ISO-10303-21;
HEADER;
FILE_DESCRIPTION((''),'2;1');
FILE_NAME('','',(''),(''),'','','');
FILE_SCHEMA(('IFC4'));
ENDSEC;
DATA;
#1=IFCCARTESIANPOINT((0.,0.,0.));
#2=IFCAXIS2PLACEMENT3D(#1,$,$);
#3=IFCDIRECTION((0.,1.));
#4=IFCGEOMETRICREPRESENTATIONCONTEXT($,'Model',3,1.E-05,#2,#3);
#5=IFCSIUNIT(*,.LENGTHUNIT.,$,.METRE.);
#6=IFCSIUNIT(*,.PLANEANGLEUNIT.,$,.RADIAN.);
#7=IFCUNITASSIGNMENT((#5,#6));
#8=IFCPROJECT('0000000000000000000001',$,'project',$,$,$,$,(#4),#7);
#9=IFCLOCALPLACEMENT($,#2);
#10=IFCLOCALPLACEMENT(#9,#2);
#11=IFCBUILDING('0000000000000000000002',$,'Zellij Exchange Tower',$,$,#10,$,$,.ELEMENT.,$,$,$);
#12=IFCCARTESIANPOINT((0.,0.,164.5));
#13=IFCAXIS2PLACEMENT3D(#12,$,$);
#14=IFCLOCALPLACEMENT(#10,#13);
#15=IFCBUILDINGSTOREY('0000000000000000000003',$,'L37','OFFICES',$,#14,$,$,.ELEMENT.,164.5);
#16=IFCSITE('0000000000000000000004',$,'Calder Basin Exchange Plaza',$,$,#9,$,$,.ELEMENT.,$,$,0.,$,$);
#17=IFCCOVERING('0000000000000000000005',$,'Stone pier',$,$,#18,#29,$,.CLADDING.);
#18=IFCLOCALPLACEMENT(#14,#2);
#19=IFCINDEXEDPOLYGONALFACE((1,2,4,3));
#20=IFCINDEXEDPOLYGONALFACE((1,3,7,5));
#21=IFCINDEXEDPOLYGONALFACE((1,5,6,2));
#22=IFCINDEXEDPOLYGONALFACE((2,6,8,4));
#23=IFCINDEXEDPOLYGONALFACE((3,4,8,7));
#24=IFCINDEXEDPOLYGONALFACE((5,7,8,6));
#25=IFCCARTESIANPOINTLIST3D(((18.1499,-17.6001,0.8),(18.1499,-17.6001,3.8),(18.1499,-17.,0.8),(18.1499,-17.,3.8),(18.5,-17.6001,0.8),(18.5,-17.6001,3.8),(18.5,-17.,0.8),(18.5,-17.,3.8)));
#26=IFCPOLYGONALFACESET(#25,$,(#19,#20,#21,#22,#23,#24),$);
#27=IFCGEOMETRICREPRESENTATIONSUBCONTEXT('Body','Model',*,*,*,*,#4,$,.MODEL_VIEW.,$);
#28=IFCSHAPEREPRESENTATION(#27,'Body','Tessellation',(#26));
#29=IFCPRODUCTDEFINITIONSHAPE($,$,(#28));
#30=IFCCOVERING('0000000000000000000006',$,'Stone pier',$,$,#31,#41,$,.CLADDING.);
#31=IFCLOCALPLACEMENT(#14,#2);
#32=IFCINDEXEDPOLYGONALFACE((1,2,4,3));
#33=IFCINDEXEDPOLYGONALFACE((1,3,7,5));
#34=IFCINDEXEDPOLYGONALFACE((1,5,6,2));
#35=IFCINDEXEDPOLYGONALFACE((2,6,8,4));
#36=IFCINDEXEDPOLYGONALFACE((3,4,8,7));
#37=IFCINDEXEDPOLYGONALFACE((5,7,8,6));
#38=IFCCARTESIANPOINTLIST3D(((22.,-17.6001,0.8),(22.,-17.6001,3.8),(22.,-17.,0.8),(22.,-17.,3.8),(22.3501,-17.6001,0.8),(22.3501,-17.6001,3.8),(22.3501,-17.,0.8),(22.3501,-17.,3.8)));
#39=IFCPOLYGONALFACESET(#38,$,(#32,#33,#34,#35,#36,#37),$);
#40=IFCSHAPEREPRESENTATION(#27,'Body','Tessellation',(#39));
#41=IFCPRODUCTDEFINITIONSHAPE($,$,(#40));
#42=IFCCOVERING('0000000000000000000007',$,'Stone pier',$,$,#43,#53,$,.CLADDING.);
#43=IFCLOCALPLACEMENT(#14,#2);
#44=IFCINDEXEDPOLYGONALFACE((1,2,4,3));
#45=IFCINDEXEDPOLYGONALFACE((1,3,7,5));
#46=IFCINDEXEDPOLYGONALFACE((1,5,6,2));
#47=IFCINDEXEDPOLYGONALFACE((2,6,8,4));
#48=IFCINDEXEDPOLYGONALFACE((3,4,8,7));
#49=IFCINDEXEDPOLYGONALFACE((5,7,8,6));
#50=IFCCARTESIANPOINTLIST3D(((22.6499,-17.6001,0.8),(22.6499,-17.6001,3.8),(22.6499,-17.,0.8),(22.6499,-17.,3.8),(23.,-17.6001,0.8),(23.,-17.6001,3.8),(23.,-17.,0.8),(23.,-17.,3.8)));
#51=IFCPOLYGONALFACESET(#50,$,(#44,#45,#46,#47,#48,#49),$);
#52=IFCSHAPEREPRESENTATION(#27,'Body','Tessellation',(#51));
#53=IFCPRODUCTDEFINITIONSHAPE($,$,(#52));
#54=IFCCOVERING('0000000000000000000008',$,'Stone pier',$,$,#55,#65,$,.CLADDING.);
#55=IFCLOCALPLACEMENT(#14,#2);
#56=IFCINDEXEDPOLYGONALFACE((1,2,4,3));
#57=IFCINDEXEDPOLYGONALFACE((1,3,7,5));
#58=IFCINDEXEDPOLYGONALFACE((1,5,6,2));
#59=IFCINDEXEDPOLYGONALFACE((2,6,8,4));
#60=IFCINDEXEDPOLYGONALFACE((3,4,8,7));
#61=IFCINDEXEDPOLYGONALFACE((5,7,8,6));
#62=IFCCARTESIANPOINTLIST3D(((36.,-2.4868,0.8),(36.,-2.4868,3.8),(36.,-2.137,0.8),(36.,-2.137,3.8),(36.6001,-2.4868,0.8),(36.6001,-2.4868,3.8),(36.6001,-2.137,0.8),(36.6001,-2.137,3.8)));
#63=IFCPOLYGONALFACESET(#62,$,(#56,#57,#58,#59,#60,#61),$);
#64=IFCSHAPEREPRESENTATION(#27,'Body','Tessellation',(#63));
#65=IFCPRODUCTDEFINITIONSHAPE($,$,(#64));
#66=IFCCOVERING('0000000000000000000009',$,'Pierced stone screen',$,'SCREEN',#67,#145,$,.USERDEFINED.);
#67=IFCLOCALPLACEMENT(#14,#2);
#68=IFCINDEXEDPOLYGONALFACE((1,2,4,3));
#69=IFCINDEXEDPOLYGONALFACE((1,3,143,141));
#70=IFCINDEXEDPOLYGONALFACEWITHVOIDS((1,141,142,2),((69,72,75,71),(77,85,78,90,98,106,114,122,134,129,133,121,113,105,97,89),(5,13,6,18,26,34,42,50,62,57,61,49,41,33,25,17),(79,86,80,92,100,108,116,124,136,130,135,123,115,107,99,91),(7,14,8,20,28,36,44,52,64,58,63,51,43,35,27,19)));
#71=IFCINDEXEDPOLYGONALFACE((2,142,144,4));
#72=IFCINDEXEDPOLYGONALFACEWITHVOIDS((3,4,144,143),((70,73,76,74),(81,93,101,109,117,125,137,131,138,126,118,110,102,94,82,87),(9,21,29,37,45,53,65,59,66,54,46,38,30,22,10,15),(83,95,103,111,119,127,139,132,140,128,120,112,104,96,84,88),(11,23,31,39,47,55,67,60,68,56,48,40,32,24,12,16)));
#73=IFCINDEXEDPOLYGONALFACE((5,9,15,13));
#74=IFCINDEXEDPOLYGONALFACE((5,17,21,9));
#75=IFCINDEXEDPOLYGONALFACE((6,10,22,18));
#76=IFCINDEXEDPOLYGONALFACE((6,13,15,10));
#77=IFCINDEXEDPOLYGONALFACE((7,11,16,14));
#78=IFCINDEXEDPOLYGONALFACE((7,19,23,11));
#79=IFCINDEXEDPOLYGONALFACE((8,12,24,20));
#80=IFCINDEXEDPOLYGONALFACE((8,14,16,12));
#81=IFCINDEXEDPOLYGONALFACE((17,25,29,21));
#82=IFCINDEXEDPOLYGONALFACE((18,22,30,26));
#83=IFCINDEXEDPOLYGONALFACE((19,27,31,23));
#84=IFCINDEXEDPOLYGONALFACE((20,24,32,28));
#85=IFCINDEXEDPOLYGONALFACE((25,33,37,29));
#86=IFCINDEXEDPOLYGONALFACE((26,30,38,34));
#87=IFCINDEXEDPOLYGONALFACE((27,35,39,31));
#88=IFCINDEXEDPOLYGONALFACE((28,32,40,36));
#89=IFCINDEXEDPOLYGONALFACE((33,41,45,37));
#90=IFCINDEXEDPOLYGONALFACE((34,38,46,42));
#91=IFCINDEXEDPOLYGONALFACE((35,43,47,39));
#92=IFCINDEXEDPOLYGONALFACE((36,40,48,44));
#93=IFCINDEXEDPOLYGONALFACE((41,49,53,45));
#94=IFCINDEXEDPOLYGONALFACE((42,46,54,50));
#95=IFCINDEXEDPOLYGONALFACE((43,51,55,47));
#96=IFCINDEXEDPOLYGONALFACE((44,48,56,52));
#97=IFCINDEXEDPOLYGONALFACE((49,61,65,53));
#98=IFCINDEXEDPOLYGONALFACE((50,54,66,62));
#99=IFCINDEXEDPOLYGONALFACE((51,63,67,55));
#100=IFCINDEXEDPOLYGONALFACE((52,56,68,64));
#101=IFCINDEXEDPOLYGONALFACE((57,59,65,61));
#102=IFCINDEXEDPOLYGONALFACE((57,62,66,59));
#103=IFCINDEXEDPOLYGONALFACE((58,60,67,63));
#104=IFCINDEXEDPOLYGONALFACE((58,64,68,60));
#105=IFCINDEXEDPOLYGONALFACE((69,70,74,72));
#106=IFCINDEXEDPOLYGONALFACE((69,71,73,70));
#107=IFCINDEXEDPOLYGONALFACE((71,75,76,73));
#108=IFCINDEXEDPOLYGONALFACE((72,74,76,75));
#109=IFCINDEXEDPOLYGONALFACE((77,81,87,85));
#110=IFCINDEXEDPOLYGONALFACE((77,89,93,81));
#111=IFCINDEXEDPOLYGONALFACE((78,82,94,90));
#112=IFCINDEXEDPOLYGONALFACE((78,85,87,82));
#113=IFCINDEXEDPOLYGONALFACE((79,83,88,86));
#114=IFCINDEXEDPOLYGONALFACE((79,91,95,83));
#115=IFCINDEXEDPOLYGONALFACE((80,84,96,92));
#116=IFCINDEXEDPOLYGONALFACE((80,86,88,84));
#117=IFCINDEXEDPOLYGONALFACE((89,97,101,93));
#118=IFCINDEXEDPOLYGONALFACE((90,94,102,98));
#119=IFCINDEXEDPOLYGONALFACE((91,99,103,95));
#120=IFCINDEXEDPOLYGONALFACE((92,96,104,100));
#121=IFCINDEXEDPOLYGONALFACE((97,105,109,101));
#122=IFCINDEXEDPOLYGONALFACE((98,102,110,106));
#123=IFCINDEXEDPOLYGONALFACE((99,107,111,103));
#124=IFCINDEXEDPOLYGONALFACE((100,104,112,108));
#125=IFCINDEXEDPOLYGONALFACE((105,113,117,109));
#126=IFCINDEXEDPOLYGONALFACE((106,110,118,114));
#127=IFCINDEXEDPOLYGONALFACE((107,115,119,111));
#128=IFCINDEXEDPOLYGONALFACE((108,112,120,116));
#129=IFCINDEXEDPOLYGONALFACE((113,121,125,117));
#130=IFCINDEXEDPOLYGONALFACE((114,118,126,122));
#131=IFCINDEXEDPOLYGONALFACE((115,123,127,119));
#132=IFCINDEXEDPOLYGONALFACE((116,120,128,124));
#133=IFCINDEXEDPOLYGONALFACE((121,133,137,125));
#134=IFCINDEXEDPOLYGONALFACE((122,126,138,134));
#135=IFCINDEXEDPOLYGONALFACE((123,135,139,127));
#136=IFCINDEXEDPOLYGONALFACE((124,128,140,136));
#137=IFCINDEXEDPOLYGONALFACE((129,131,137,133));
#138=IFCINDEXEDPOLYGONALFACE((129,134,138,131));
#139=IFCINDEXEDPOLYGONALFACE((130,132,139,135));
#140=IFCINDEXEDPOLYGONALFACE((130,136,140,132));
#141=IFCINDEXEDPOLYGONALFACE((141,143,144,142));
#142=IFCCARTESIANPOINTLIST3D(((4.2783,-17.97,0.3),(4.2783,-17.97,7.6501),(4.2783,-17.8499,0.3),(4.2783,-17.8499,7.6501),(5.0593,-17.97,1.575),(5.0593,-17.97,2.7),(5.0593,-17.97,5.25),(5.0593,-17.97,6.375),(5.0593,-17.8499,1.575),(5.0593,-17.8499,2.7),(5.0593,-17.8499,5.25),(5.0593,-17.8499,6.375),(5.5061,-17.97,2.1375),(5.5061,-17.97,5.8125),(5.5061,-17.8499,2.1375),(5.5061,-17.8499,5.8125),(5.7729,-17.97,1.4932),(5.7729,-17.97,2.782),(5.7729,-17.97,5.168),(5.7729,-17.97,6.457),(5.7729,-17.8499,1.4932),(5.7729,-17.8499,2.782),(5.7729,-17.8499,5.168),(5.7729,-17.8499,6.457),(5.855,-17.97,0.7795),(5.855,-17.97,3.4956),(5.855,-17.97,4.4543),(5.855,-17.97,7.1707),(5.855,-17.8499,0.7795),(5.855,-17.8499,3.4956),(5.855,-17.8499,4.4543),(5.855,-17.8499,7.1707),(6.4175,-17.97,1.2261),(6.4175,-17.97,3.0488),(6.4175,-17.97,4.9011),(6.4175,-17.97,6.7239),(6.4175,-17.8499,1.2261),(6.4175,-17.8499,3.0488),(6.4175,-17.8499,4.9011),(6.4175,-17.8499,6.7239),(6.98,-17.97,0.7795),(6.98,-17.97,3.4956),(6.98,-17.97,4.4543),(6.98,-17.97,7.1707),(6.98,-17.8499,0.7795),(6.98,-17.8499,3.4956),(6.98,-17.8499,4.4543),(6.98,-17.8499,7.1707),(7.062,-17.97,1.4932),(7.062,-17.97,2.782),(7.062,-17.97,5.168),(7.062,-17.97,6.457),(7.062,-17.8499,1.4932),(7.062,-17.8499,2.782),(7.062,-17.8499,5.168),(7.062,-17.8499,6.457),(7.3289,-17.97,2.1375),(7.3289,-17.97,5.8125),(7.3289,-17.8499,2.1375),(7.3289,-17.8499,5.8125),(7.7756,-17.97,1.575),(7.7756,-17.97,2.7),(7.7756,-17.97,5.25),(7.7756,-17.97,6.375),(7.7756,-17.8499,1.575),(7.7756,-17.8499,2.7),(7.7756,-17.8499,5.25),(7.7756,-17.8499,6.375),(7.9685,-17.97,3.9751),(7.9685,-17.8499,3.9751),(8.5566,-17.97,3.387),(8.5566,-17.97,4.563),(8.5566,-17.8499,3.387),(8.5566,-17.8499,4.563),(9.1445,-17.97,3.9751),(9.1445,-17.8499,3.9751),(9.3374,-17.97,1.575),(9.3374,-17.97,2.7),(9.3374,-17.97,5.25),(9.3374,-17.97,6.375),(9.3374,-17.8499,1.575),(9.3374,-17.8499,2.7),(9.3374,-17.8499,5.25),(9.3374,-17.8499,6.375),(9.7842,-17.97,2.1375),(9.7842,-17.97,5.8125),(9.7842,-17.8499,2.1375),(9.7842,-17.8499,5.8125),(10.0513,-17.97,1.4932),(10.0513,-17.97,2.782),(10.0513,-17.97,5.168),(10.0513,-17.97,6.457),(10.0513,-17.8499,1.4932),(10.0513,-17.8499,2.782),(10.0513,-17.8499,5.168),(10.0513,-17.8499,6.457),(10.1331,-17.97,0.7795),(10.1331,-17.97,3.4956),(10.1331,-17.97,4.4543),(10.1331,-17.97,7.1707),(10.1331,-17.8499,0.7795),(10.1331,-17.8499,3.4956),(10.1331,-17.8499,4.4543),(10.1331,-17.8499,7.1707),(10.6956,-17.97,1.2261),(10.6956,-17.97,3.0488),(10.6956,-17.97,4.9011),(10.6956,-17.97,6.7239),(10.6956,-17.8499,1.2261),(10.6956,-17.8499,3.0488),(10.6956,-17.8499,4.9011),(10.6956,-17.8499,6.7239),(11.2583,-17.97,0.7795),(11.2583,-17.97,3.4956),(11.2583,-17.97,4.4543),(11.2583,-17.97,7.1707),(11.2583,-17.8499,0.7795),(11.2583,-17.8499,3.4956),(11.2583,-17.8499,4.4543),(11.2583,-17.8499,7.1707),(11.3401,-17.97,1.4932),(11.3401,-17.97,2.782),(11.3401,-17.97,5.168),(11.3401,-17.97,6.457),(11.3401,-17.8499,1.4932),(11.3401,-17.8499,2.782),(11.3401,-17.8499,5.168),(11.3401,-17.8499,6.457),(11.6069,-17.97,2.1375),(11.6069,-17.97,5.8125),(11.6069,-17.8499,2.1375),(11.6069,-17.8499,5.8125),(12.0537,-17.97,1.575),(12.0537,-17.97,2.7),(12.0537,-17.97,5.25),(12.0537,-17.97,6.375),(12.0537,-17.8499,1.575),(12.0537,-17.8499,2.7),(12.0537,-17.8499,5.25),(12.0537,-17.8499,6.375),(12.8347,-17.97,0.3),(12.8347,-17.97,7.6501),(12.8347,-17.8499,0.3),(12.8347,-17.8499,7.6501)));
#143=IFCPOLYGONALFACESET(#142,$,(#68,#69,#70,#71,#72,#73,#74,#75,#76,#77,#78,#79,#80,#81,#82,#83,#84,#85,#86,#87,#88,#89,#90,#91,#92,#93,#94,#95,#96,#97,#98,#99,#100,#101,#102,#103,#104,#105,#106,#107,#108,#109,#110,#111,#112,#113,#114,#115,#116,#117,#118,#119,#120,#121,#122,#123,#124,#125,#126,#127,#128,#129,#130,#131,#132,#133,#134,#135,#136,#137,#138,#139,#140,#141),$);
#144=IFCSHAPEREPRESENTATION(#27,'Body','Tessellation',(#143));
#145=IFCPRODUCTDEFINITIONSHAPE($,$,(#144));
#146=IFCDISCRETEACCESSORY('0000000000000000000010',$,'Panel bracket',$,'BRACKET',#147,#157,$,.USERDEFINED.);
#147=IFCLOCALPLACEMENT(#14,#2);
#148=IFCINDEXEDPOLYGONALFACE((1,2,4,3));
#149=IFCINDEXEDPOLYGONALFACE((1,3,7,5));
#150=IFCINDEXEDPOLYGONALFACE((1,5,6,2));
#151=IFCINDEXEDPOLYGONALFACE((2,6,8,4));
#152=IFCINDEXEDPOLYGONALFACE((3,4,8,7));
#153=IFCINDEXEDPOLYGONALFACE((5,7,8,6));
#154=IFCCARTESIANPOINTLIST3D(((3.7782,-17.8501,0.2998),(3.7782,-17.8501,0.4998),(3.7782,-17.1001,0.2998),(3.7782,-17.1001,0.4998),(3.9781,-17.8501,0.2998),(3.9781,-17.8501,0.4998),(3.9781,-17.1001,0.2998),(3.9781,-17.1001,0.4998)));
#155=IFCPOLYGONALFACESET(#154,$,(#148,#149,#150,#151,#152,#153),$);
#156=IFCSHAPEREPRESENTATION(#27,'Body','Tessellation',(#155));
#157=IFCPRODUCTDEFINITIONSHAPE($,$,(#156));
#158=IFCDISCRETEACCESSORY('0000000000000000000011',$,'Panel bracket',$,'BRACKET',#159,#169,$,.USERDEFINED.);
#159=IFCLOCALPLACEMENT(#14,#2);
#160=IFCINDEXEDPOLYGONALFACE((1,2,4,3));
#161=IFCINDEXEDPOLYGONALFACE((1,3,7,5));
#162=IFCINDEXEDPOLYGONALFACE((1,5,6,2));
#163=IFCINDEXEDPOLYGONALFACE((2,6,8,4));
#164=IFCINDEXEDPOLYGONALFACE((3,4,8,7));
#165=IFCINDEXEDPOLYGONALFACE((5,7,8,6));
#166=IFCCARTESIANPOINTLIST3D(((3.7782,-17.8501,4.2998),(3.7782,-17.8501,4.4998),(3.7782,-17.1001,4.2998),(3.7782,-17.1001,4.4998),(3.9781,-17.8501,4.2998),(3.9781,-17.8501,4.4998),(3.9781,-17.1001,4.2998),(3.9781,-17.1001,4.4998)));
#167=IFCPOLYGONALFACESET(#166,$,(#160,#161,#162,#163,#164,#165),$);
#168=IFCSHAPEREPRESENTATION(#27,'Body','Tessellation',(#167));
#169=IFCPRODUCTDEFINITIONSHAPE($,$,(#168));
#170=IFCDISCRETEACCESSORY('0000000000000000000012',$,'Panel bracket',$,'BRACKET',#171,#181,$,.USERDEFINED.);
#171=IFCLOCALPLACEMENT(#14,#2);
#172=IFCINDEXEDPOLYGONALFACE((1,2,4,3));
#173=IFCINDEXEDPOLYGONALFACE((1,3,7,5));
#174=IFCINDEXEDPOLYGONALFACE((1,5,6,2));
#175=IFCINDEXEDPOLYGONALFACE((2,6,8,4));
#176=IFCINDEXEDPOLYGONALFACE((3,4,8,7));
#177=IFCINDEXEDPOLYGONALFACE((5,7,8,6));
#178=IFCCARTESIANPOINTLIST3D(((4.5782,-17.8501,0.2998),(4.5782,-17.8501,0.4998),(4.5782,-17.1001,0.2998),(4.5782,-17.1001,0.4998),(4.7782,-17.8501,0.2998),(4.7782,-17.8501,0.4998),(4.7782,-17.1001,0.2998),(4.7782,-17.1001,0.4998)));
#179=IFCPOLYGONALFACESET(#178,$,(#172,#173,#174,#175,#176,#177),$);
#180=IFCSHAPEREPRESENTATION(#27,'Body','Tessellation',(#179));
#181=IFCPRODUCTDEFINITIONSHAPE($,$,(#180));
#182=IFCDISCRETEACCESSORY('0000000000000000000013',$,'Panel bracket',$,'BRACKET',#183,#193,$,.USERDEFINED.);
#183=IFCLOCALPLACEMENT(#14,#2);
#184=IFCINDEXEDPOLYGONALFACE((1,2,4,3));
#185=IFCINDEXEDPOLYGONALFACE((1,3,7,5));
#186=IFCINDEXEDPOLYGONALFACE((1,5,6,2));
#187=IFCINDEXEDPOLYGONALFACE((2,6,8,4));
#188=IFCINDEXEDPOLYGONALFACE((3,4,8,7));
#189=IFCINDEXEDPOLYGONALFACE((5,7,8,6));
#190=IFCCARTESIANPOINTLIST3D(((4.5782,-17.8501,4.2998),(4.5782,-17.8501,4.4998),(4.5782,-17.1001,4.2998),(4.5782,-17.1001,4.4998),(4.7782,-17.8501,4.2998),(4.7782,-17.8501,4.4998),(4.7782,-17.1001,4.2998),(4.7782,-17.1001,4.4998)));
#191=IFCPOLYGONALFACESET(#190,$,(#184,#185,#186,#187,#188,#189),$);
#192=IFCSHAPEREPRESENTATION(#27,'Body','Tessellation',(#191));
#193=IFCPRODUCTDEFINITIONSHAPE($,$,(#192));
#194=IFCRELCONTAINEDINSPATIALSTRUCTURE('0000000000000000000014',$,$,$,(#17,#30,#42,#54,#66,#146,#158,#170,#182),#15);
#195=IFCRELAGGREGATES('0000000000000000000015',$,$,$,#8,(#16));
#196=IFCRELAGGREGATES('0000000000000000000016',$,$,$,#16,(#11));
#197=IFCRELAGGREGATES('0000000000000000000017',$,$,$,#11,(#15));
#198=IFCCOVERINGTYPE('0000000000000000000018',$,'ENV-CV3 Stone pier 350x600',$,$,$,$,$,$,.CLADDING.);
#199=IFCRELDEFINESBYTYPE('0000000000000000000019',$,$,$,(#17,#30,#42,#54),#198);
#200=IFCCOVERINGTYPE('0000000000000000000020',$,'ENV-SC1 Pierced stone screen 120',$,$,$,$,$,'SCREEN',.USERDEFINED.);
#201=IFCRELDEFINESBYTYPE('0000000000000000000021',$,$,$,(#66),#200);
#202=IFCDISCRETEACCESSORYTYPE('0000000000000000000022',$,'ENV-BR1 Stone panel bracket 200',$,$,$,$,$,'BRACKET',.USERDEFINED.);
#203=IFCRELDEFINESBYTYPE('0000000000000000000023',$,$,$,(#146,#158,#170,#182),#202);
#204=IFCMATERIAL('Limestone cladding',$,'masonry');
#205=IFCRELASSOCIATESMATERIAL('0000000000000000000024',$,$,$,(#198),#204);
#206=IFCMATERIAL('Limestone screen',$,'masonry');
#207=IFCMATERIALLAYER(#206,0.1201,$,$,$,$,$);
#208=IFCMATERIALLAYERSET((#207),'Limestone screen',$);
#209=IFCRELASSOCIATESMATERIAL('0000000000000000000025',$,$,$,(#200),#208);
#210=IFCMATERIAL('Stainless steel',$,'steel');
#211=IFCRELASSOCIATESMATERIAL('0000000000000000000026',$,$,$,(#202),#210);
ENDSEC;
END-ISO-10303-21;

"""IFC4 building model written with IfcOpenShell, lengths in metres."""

from ifc_helpers import new_model, si_unit, direction, frame, origin, origin_2d, place, context, subcontext, project, spatial, polyline, rectangle, outline, extrude, material, layer, layer_set, type_object, element, save


model = new_model("IFC4")

# Units and contexts
model_context = context("Model", 3, precision=1e-05, world=origin(), true_north=direction((0.0, 1.0)))
body_context = subcontext(model_context, "Body", "Model", "MODEL_VIEW")
ifc_project = project(units=[si_unit("LENGTHUNIT", "METRE"), si_unit("PLANEANGLEUNIT", "RADIAN")], contexts=[model_context])

# Site, building, storey
site_placement = place(None, origin())
site = spatial("IfcSite", under=ifc_project, at=site_placement, Name="Calder Basin Exchange Plaza", CompositionType="ELEMENT", RefElevation=0.0)
building_placement = place(site_placement, origin())
building = spatial("IfcBuilding", under=site, at=building_placement, Name="Zellij Exchange Tower", CompositionType="ELEMENT")
storey_placement = place(building_placement, frame((0.0, 0.0, 164.5)))
storey = spatial("IfcBuildingStorey", under=building, at=storey_placement, Name="L37", Description="OFFICES", CompositionType="ELEMENT", Elevation=164.5)

# Shared definitions
ifc_material_1 = material(Name="Stainless steel", Category="steel")

# Coverings
ifc_material_2 = material(Name="Limestone cladding", Category="masonry")
covering_type_1 = type_object("IfcCoveringType", Name="ENV-CV3 Stone pier 350x600", PredefinedType="CLADDING", material=ifc_material_2)
covering_1_placement = place(storey_placement, frame((0.0, 0.0, 0.8)))
element("IfcCovering", 1, at=covering_1_placement, inside=storey, type_object=covering_type_1, Name="Stone pier", PredefinedType="CLADDING", context=body_context, shape_type="SweptSolid", body=[
    extrude(outline(polyline([(18.1499, -17.0), (18.5, -17.0), (18.5, -17.6001), (18.1499, -17.6001), (18.1499, -17.0)])), origin(), (0.0, 0.0, 1.0), 3.0),
])
covering_2_placement = place(storey_placement, frame((0.0, 0.0, 0.8)))
element("IfcCovering", 2, at=covering_2_placement, inside=storey, type_object=covering_type_1, Name="Stone pier", PredefinedType="CLADDING", context=body_context, shape_type="SweptSolid", body=[
    extrude(outline(polyline([(22.0, -17.0), (22.3501, -17.0), (22.3501, -17.6001), (22.0, -17.6001), (22.0, -17.0)])), origin(), (0.0, 0.0, 1.0), 3.0),
])
covering_3_placement = place(storey_placement, frame((0.0, 0.0, 0.8)))
element("IfcCovering", 3, at=covering_3_placement, inside=storey, type_object=covering_type_1, Name="Stone pier", PredefinedType="CLADDING", context=body_context, shape_type="SweptSolid", body=[
    extrude(outline(polyline([(22.6499, -17.0), (23.0, -17.0), (23.0, -17.6001), (22.6499, -17.6001), (22.6499, -17.0)])), origin(), (0.0, 0.0, 1.0), 3.0),
])
covering_4_placement = place(storey_placement, frame((0.0, 0.0, 0.8)))
element("IfcCovering", 4, at=covering_4_placement, inside=storey, type_object=covering_type_1, Name="Stone pier", PredefinedType="CLADDING", context=body_context, shape_type="SweptSolid", body=[
    extrude(outline(polyline([(36.0, -2.4868), (36.0, -2.137), (36.6001, -2.137), (36.6001, -2.4868), (36.0, -2.4868)])), origin(), (0.0, 0.0, 1.0), 3.0),
])
ifc_material_3 = material(Name="Limestone screen", Category="masonry")
ifc_layer_1 = layer(ifc_material_3, 0.1201)
ifc_layer_set_1 = layer_set([ifc_layer_1], Name="Limestone screen")
covering_type_2 = type_object("IfcCoveringType", Name="ENV-SC1 Pierced stone screen 120", ElementType="SCREEN", PredefinedType="USERDEFINED", material=ifc_layer_set_1)
covering_5_placement = place(storey_placement, frame((4.2783, -17.9099, 0.3), z_axis=(0.0, 0.0, 1.0), x_axis=(1.0, 0.0, 0.0)))
element("IfcCovering", 5, at=covering_5_placement, inside=storey, type_object=covering_type_2, Name="Pierced stone screen", ObjectType="SCREEN", PredefinedType="USERDEFINED", context=body_context, shape_type="SweptSolid", body=[
    extrude(outline(polyline([(0.0, 0.0), (8.5564, 0.0), (8.5564, 7.3501), (0.0, 7.3501), (0.0, 0.0)]), holes=[polyline([(3.4973, 2.3999), (2.7837, 2.4819), (2.7017, 3.1956), (2.1392, 2.7488), (1.5767, 3.1956), (1.4946, 2.4819), (0.781, 2.3999), (1.2278, 1.8374), (0.781, 1.2749), (1.4946, 1.1931), (1.5767, 0.4795), (2.1392, 0.926), (2.7017, 0.4795), (2.7837, 1.1931), (3.4973, 1.2749), (3.0505, 1.8374), (3.4973, 2.3999)]), polyline([(3.4973, 6.075), (2.7837, 6.157), (2.7017, 6.8706), (2.1392, 6.4238), (1.5767, 6.8706), (1.4946, 6.157), (0.781, 6.075), (1.2278, 5.5125), (0.781, 4.95), (1.4946, 4.8679), (1.5767, 4.1543), (2.1392, 4.6011), (2.7017, 4.1543), (2.7837, 4.8679), (3.4973, 4.95), (3.0505, 5.5125), (3.4973, 6.075)]), polyline([(7.7754, 2.3999), (7.0618, 2.4819), (6.98, 3.1956), (6.4172, 2.7488), (5.8547, 3.1956), (5.7729, 2.4819), (5.0591, 2.3999), (5.5059, 1.8374), (5.0591, 1.2749), (5.7729, 1.1931), (5.8547, 0.4795), (6.4172, 0.926), (6.98, 0.4795), (7.0618, 1.1931), (7.7754, 1.2749), (7.3286, 1.8374), (7.7754, 2.3999)]), polyline([(7.7754, 6.075), (7.0618, 6.157), (6.98, 6.8706), (6.4172, 6.4238), (5.8547, 6.8706), (5.7729, 6.157), (5.0591, 6.075), (5.5059, 5.5125), (5.0591, 4.95), (5.7729, 4.8679), (5.8547, 4.1543), (6.4172, 4.6011), (6.98, 4.1543), (7.0618, 4.8679), (7.7754, 4.95), (7.3286, 5.5125), (7.7754, 6.075)]), polyline([(4.8662, 3.675), (4.2783, 4.2629), (3.6902, 3.675), (4.2783, 3.0869), (4.8662, 3.675)])]), frame((0.0, 0.0601, 0.0), z_axis=(0.0, -1.0, 0.0), x_axis=(1.0, 0.0, 0.0)), (0.0, 0.0, 1.0), 0.1201),
])

# Discrete accessories
discrete_accessory_type = type_object("IfcDiscreteAccessoryType", Name="ENV-BR1 Stone panel bracket 200", ElementType="BRACKET", PredefinedType="USERDEFINED", material=ifc_material_1)
for number, where, z_axis, x_axis, name in (
    (6, (3.8782, -17.4751, 0.2998), (0.0, 0.0, 1.0), (1.0, 0.0, 0.0), "Panel bracket"),
    (7, (3.8782, -17.4751, 4.2998), (0.0, 0.0, 1.0), (1.0, 0.0, 0.0), "Panel bracket"),
    (8, (4.6782, -17.4751, 0.2998), (0.0, 0.0, 1.0), (1.0, 0.0, 0.0), "Panel bracket"),
    (9, (4.6782, -17.4751, 4.2998), (0.0, 0.0, 1.0), (1.0, 0.0, 0.0), "Panel bracket"),
):
    element("IfcDiscreteAccessory", number, at=place(storey_placement, frame(where, z_axis=z_axis, x_axis=x_axis)), inside=storey, type_object=discrete_accessory_type, Name=name, ObjectType="BRACKET", PredefinedType="USERDEFINED", context=body_context, shape_type="SweptSolid", body=[
        extrude(rectangle(XDim=0.2, YDim=0.75, at=origin_2d()), origin(), (0.0, 0.0, 1.0), 0.2),
    ])

save(model, "model.ifc")
